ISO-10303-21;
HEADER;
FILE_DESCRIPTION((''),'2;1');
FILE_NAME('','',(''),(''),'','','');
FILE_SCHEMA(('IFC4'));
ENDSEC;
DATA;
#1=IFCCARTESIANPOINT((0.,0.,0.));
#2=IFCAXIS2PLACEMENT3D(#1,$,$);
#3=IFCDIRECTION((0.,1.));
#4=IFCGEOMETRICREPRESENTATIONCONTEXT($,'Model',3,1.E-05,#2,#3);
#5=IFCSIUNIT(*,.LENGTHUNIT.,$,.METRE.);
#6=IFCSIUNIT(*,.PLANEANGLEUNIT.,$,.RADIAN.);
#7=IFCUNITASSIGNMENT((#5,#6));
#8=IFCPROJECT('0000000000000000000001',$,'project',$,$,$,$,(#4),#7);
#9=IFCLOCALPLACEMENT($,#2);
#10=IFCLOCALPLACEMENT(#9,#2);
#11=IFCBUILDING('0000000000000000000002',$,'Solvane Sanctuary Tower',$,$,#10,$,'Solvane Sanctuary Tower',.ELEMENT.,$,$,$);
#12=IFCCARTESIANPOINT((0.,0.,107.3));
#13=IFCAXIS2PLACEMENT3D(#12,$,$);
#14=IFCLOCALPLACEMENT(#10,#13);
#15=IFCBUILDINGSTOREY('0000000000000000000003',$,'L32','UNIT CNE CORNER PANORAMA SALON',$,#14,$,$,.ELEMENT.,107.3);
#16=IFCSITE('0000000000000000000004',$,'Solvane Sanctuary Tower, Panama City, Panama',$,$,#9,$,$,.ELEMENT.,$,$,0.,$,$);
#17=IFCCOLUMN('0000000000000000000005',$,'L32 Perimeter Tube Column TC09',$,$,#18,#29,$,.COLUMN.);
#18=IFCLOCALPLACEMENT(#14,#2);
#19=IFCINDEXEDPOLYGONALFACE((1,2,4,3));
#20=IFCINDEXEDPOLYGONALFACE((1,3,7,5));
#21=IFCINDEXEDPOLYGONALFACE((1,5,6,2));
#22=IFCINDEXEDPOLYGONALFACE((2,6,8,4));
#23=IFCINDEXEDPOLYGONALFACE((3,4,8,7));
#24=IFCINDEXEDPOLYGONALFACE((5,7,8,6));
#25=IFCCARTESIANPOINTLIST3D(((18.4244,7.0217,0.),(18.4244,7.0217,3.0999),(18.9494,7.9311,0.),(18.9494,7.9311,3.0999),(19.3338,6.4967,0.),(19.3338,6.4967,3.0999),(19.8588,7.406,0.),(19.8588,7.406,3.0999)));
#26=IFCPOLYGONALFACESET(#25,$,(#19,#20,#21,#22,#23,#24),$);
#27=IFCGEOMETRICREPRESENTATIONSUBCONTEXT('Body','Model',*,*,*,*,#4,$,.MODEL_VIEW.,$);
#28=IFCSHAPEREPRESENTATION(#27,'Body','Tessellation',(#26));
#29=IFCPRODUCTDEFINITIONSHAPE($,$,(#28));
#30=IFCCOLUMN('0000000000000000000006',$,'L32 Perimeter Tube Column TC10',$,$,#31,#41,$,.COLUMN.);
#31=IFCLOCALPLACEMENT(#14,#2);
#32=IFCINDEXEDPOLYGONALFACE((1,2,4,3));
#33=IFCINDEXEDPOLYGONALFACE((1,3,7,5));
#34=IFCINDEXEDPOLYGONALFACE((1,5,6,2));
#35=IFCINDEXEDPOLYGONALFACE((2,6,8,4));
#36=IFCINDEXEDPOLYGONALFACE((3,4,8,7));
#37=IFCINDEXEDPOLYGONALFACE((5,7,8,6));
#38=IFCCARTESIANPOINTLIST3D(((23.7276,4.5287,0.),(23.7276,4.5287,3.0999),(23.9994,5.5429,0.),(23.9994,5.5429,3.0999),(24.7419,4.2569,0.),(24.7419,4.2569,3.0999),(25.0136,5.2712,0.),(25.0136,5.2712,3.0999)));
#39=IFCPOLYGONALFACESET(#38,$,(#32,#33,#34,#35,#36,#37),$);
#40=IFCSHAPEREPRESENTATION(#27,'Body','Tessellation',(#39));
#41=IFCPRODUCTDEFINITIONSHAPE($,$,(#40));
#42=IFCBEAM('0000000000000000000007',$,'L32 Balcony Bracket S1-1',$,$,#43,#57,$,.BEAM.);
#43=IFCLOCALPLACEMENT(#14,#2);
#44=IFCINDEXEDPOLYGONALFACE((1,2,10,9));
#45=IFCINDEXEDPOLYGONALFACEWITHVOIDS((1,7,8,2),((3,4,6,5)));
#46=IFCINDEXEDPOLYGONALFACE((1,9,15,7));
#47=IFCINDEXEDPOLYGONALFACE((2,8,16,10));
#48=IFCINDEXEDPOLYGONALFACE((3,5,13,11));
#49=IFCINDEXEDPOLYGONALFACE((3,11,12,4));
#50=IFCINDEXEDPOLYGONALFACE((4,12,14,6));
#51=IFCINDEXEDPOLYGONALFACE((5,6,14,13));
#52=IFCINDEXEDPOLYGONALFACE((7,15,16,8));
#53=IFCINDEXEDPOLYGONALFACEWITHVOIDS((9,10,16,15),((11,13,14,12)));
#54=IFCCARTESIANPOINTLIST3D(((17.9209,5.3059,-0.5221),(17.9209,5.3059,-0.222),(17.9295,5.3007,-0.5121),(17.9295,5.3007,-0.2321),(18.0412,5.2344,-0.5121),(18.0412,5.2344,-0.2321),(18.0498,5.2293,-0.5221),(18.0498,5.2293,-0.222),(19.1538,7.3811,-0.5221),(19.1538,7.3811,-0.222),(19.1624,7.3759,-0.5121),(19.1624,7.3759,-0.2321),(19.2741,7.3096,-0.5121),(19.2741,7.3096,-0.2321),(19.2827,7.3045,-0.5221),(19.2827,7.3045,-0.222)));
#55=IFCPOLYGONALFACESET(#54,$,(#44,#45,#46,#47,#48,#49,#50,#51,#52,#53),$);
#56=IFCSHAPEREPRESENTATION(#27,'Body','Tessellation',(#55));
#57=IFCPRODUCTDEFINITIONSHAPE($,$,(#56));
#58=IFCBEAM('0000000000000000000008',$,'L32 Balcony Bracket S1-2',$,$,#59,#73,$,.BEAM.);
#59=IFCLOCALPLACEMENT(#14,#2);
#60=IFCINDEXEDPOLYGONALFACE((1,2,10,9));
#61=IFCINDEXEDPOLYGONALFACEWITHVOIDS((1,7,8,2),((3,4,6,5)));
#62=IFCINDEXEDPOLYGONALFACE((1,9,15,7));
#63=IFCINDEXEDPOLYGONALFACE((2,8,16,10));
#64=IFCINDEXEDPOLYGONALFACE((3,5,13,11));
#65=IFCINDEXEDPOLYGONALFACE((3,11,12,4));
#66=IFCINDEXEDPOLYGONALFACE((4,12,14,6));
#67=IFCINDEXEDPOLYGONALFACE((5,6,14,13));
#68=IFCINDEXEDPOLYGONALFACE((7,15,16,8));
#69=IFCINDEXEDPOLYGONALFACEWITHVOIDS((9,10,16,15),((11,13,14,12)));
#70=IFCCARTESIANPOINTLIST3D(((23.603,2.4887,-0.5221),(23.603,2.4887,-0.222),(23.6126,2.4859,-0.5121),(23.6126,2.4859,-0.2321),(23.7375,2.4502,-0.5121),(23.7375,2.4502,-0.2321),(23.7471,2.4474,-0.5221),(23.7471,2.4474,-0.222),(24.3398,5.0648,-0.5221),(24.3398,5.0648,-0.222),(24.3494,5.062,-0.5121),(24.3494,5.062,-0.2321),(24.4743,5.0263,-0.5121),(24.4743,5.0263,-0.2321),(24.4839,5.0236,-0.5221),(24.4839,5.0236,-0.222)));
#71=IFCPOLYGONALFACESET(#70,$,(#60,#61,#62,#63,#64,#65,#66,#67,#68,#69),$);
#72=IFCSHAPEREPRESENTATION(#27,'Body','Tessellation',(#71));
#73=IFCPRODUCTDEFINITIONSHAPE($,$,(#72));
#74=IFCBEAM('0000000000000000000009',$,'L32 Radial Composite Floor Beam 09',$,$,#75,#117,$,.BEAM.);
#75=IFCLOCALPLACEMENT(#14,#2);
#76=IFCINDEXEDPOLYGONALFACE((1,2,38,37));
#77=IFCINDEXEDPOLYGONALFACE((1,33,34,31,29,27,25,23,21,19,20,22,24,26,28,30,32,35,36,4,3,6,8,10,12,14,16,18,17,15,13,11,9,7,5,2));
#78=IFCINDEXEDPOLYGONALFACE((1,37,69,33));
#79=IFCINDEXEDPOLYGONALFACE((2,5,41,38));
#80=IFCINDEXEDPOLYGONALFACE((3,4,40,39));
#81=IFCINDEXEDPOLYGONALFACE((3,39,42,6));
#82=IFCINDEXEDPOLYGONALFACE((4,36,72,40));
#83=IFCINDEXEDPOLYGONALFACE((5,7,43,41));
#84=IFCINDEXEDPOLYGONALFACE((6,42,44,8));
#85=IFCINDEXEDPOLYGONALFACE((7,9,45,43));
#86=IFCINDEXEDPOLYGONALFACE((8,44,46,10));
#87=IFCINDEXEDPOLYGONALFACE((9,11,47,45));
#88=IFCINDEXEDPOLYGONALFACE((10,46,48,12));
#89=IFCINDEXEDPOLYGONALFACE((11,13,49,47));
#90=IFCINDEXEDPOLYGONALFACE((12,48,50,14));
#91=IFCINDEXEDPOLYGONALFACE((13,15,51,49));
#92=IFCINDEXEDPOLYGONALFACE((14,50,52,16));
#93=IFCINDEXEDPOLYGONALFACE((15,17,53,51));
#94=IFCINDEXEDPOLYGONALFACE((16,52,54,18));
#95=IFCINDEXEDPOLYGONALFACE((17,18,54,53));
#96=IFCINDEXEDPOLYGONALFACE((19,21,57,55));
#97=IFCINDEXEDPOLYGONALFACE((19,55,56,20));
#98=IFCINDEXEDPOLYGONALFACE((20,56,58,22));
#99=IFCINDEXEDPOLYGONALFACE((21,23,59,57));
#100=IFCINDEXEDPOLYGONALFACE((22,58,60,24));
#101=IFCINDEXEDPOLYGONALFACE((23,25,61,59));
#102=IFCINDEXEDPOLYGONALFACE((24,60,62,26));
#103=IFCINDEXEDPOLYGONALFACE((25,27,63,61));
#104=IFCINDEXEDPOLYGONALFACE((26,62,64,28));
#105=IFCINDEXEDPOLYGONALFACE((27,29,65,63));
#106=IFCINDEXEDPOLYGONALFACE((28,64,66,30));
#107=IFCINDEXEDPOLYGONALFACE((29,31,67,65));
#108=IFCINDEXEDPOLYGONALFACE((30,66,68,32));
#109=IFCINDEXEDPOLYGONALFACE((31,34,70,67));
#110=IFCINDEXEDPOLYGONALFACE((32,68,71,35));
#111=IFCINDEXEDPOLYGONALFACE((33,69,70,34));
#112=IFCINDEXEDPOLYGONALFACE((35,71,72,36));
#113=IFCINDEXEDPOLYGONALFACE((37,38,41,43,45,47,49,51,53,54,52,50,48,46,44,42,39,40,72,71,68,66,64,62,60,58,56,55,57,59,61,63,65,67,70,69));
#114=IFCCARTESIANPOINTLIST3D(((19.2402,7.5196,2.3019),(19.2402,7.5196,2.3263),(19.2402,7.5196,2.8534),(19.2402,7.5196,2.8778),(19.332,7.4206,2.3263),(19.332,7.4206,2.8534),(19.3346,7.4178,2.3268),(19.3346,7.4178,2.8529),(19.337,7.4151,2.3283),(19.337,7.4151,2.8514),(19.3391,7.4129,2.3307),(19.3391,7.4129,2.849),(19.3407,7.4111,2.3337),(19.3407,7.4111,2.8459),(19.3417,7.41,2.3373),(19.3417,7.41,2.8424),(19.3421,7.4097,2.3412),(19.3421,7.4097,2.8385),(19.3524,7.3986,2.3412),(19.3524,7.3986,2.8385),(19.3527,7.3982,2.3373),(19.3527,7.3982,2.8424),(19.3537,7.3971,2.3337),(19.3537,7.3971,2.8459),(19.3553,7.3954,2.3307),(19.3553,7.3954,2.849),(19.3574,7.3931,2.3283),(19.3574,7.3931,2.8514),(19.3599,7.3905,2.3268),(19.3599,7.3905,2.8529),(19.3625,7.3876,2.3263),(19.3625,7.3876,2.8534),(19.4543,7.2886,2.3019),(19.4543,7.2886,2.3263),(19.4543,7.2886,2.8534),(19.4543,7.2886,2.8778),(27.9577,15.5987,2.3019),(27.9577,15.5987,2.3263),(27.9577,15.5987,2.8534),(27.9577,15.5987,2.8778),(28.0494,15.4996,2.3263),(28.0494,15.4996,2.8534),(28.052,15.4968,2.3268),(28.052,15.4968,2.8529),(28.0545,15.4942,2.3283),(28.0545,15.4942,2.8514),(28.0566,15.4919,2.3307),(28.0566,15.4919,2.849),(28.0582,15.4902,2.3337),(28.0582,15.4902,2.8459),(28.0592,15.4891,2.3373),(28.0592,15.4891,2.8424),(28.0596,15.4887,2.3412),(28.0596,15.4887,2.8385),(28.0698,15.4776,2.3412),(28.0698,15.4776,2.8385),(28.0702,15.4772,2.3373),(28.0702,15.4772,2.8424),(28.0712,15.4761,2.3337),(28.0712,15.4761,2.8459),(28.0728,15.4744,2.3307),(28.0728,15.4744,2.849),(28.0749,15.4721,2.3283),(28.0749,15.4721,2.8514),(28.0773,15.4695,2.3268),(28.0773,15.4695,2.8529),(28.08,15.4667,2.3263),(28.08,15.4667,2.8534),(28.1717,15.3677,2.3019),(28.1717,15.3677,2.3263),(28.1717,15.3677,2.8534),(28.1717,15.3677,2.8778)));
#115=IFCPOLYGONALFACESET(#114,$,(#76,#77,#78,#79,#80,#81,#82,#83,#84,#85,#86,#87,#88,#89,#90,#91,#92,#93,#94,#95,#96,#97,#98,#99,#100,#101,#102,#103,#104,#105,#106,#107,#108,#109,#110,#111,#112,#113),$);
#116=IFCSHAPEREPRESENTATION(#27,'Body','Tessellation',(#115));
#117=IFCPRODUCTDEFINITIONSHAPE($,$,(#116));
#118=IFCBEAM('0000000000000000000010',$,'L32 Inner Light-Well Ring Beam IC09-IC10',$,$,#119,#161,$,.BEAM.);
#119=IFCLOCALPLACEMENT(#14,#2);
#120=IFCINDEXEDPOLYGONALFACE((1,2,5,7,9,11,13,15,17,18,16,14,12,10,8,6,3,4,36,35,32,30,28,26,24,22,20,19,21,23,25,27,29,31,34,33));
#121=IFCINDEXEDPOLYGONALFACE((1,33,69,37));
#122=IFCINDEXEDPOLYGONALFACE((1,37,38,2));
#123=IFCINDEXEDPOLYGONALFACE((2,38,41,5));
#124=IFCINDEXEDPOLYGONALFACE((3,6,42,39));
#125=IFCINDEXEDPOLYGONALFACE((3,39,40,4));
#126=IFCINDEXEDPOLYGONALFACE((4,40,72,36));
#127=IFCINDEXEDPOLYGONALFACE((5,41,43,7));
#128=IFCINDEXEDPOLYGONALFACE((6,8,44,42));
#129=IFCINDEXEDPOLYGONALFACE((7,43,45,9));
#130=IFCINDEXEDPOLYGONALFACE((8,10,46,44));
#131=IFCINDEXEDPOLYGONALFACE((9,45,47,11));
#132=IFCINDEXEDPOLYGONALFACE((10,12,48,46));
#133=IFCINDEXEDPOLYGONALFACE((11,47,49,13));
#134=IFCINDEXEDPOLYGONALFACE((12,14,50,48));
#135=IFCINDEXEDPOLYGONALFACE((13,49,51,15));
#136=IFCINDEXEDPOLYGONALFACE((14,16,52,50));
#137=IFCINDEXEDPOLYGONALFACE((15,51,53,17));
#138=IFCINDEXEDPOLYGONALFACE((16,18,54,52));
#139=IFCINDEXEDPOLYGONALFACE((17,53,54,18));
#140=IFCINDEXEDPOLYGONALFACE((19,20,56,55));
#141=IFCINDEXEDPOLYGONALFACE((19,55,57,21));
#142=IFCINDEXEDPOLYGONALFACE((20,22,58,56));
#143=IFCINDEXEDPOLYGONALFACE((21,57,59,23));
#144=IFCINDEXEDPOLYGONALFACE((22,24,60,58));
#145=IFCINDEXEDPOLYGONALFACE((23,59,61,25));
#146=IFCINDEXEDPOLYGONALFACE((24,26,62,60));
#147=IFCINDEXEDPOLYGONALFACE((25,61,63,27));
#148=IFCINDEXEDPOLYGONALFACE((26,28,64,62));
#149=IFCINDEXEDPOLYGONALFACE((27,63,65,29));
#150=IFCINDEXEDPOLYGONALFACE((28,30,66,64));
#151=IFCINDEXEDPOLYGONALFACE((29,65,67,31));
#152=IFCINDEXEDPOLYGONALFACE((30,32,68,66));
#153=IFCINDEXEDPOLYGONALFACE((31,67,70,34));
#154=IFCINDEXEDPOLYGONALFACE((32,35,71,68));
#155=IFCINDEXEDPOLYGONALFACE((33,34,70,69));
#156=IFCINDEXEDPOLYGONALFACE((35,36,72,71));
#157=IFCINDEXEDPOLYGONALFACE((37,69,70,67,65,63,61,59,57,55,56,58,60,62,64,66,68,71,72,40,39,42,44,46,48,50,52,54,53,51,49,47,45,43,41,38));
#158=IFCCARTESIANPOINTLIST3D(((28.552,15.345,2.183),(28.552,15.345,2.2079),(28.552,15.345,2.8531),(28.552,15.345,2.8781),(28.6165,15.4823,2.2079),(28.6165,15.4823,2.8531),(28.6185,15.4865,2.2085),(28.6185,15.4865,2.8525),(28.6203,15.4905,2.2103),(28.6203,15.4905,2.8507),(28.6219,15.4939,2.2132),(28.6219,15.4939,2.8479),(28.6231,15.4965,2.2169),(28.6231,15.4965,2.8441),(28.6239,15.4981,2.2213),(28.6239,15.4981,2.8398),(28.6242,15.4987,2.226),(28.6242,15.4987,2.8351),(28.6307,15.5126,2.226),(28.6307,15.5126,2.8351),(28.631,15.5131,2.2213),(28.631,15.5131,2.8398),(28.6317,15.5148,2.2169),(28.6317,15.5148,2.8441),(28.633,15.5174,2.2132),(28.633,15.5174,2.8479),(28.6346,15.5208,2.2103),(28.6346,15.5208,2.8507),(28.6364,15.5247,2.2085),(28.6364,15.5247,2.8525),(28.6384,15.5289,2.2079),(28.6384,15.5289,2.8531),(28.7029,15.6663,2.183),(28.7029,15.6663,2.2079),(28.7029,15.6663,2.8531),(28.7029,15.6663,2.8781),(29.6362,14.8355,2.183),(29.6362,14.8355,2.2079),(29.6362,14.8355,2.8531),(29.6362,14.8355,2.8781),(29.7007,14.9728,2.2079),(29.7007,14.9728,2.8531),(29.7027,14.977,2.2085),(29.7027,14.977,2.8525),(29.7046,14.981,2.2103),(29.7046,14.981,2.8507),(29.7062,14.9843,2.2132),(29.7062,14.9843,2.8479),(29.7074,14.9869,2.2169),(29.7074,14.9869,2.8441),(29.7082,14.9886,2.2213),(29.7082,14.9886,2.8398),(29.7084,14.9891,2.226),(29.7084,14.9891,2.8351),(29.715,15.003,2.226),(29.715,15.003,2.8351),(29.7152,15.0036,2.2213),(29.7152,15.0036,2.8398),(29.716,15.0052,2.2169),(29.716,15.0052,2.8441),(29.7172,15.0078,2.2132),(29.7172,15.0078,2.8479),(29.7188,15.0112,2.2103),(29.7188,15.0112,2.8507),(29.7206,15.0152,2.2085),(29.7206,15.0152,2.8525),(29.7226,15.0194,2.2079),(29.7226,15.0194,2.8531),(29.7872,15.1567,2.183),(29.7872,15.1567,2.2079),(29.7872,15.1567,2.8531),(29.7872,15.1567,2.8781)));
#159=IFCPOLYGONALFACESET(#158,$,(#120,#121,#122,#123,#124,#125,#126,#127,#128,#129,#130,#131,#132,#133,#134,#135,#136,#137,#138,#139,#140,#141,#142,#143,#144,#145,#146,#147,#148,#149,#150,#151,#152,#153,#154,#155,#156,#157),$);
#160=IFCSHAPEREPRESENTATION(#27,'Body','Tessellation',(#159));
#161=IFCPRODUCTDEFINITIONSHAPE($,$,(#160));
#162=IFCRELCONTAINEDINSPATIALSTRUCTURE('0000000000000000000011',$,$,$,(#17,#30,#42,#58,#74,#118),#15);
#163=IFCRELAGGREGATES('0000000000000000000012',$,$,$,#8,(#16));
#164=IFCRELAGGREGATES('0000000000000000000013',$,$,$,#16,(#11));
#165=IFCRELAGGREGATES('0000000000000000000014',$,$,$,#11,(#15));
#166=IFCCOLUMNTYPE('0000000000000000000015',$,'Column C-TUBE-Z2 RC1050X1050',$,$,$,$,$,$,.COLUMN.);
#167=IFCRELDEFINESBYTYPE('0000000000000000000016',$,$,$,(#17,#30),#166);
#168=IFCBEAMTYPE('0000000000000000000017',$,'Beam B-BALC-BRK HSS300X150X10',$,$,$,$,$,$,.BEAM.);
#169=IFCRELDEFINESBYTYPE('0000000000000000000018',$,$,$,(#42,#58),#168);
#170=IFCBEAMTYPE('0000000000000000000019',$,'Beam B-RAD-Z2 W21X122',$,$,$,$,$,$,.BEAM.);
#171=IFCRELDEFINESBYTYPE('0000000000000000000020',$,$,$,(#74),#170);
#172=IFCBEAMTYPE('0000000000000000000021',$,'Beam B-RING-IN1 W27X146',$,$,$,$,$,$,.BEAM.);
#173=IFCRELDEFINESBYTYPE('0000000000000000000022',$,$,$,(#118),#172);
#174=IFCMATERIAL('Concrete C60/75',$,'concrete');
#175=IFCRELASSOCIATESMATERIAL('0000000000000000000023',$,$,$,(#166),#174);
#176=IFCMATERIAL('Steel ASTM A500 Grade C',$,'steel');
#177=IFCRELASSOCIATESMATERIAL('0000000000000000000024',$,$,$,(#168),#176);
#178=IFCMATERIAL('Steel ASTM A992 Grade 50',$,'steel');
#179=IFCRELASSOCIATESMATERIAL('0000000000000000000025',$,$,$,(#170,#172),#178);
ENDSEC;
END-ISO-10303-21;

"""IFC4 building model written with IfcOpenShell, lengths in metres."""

from ifc_helpers import new_model, si_unit, direction, frame, origin, origin_2d, place, context, subcontext, project, spatial, rectangle, hollow_rectangle, i_section, extrude, material, material_profile, profile_set, type_object, element, save


model = new_model("IFC4")

# Units and contexts
model_context = context("Model", 3, precision=1e-05, world=origin(), true_north=direction((0.0, 1.0)))
body_context = subcontext(model_context, "Body", "Model", "MODEL_VIEW")
ifc_project = project(units=[si_unit("LENGTHUNIT", "METRE"), si_unit("PLANEANGLEUNIT", "RADIAN")], contexts=[model_context])

# Site, building, storey
site_placement = place(None, origin())
site = spatial("IfcSite", under=ifc_project, at=site_placement, Name="Solvane Sanctuary Tower, Panama City, Panama", CompositionType="ELEMENT", RefElevation=0.0)
building_placement = place(site_placement, origin())
building = spatial("IfcBuilding", under=site, at=building_placement, Name="Solvane Sanctuary Tower", LongName="Solvane Sanctuary Tower", CompositionType="ELEMENT")
storey_placement = place(building_placement, frame((0.0, 0.0, 107.3)))
storey = spatial("IfcBuildingStorey", under=building, at=storey_placement, Name="L32", Description="UNIT CNE CORNER PANORAMA SALON", CompositionType="ELEMENT", Elevation=107.3)

# Columns
ifc_material_1 = material(Name="Concrete C60/75", Category="concrete")
ifc_material_profile_1 = material_profile(ifc_material_1, rectangle(XDim=1.05, YDim=1.05, at=origin_2d()), Name="RC1050X1050")
ifc_profile_set_1 = profile_set([ifc_material_profile_1], Name="Concrete C60/75")
column_type = type_object("IfcColumnType", Name="Column C-TUBE-Z2 RC1050X1050", PredefinedType="COLUMN", material=ifc_profile_set_1)
for number, where, z_axis, x_axis, name in (
    (1, (19.1416, 7.2139, 0.0), (0.0, 0.0, 1.0), (-0.5, -0.866025, 0.0), "L32 Perimeter Tube Column TC09"),
    (2, (24.3706, 4.8999, 0.0), (0.0, 0.0, 1.0), (-0.258819, -0.965926, 0.0), "L32 Perimeter Tube Column TC10"),
):
    element("IfcColumn", number, at=place(storey_placement, frame(where, z_axis=z_axis, x_axis=x_axis)), inside=storey, type_object=column_type, Name=name, PredefinedType="COLUMN", context=body_context, shape_type="SweptSolid", body=[
        extrude(rectangle(XDim=1.05, YDim=1.05, at=origin_2d()), origin(), (0.0, 0.0, 1.0), 3.0999),
    ])

# Beams
ifc_material_2 = material(Name="Steel ASTM A500 Grade C", Category="steel")
ifc_material_profile_2 = material_profile(ifc_material_2, hollow_rectangle(XDim=0.1499, YDim=0.3, WallThickness=0.01, at=origin_2d()), Name="HSS300X150X10")
ifc_profile_set_2 = profile_set([ifc_material_profile_2], Name="Steel ASTM A500 Grade C")
beam_type_1 = type_object("IfcBeamType", Name="Beam B-BALC-BRK HSS300X150X10", PredefinedType="BEAM", material=ifc_profile_set_2)
beam_1_placement = place(storey_placement, frame((19.2183, 7.3428, -0.3721), z_axis=(-0.510772, -0.859716, 0.0), x_axis=(0.859716, -0.510772, 0.0)))
element("IfcBeam", 3, at=beam_1_placement, inside=storey, type_object=beam_type_1, Name="L32 Balcony Bracket S1-1", PredefinedType="BEAM", context=body_context, shape_type="SweptSolid", body=[
    extrude(hollow_rectangle(XDim=0.1499, YDim=0.3, WallThickness=0.01, at=origin_2d()), origin(), (0.0, 0.0, 1.0), 2.4138),
])
beam_2_placement = place(storey_placement, frame((24.4119, 5.0442, -0.3721), z_axis=(-0.274986, -0.961448, 0.0), x_axis=(0.961448, -0.274986, 0.0)))
element("IfcBeam", 4, at=beam_2_placement, inside=storey, type_object=beam_type_1, Name="L32 Balcony Bracket S1-2", PredefinedType="BEAM", context=body_context, shape_type="SweptSolid", body=[
    extrude(hollow_rectangle(XDim=0.1499, YDim=0.3, WallThickness=0.01, at=origin_2d()), origin(), (0.0, 0.0, 1.0), 2.6794),
])
ifc_material_3 = material(Name="Steel ASTM A992 Grade 50", Category="steel")
ifc_material_profile_3 = material_profile(ifc_material_3, i_section(OverallWidth=0.3149, OverallDepth=0.5759, WebThickness=0.0151, FlangeThickness=0.0244, FilletRadius=0.0149, at=origin_2d()), Name="W21X122")
ifc_profile_set_3 = profile_set([ifc_material_profile_3], Name="Steel ASTM A992 Grade 50")
beam_type_2 = type_object("IfcBeamType", Name="Beam B-RAD-Z2 W21X122", PredefinedType="BEAM", material=ifc_profile_set_3)
beam_3_placement = place(storey_placement, frame((28.0647, 15.4832, 2.5898), z_axis=(-0.733454, -0.679739, 0.0), x_axis=(0.679739, -0.733454, 0.0)))
element("IfcBeam", 5, at=beam_3_placement, inside=storey, type_object=beam_type_2, Name="L32 Radial Composite Floor Beam 09", PredefinedType="BEAM", context=body_context, shape_type="SweptSolid", body=[
    extrude(i_section(OverallWidth=0.3149, OverallDepth=0.5759, WebThickness=0.0151, FlangeThickness=0.0244, FilletRadius=0.0149, at=origin_2d()), origin(), (0.0, 0.0, 1.0), 11.8855),
])
ifc_material_profile_4 = material_profile(ifc_material_3, i_section(OverallWidth=0.355, OverallDepth=0.6951, WebThickness=0.0154, FlangeThickness=0.0249, FilletRadius=0.0181, at=origin_2d()), Name="W27X146")
ifc_profile_set_4 = profile_set([ifc_material_profile_4], Name="Steel ASTM A992 Grade 50")
beam_type_3 = type_object("IfcBeamType", Name="Beam B-RING-IN1 W27X146", PredefinedType="BEAM", material=ifc_profile_set_4)
beam_4_placement = place(storey_placement, frame((28.6274, 15.5056, 2.5305), z_axis=(0.905045, -0.425316, 0.0), x_axis=(0.425316, 0.905045, 0.0)))
element("IfcBeam", 6, at=beam_4_placement, inside=storey, type_object=beam_type_3, Name="L32 Inner Light-Well Ring Beam IC09-IC10", PredefinedType="BEAM", context=body_context, shape_type="SweptSolid", body=[
    extrude(i_section(OverallWidth=0.355, OverallDepth=0.6951, WebThickness=0.0154, FlangeThickness=0.0249, FilletRadius=0.0181, at=origin_2d()), origin(), (0.0, 0.0, 1.0), 1.198),
])

save(model, "model.ifc")
